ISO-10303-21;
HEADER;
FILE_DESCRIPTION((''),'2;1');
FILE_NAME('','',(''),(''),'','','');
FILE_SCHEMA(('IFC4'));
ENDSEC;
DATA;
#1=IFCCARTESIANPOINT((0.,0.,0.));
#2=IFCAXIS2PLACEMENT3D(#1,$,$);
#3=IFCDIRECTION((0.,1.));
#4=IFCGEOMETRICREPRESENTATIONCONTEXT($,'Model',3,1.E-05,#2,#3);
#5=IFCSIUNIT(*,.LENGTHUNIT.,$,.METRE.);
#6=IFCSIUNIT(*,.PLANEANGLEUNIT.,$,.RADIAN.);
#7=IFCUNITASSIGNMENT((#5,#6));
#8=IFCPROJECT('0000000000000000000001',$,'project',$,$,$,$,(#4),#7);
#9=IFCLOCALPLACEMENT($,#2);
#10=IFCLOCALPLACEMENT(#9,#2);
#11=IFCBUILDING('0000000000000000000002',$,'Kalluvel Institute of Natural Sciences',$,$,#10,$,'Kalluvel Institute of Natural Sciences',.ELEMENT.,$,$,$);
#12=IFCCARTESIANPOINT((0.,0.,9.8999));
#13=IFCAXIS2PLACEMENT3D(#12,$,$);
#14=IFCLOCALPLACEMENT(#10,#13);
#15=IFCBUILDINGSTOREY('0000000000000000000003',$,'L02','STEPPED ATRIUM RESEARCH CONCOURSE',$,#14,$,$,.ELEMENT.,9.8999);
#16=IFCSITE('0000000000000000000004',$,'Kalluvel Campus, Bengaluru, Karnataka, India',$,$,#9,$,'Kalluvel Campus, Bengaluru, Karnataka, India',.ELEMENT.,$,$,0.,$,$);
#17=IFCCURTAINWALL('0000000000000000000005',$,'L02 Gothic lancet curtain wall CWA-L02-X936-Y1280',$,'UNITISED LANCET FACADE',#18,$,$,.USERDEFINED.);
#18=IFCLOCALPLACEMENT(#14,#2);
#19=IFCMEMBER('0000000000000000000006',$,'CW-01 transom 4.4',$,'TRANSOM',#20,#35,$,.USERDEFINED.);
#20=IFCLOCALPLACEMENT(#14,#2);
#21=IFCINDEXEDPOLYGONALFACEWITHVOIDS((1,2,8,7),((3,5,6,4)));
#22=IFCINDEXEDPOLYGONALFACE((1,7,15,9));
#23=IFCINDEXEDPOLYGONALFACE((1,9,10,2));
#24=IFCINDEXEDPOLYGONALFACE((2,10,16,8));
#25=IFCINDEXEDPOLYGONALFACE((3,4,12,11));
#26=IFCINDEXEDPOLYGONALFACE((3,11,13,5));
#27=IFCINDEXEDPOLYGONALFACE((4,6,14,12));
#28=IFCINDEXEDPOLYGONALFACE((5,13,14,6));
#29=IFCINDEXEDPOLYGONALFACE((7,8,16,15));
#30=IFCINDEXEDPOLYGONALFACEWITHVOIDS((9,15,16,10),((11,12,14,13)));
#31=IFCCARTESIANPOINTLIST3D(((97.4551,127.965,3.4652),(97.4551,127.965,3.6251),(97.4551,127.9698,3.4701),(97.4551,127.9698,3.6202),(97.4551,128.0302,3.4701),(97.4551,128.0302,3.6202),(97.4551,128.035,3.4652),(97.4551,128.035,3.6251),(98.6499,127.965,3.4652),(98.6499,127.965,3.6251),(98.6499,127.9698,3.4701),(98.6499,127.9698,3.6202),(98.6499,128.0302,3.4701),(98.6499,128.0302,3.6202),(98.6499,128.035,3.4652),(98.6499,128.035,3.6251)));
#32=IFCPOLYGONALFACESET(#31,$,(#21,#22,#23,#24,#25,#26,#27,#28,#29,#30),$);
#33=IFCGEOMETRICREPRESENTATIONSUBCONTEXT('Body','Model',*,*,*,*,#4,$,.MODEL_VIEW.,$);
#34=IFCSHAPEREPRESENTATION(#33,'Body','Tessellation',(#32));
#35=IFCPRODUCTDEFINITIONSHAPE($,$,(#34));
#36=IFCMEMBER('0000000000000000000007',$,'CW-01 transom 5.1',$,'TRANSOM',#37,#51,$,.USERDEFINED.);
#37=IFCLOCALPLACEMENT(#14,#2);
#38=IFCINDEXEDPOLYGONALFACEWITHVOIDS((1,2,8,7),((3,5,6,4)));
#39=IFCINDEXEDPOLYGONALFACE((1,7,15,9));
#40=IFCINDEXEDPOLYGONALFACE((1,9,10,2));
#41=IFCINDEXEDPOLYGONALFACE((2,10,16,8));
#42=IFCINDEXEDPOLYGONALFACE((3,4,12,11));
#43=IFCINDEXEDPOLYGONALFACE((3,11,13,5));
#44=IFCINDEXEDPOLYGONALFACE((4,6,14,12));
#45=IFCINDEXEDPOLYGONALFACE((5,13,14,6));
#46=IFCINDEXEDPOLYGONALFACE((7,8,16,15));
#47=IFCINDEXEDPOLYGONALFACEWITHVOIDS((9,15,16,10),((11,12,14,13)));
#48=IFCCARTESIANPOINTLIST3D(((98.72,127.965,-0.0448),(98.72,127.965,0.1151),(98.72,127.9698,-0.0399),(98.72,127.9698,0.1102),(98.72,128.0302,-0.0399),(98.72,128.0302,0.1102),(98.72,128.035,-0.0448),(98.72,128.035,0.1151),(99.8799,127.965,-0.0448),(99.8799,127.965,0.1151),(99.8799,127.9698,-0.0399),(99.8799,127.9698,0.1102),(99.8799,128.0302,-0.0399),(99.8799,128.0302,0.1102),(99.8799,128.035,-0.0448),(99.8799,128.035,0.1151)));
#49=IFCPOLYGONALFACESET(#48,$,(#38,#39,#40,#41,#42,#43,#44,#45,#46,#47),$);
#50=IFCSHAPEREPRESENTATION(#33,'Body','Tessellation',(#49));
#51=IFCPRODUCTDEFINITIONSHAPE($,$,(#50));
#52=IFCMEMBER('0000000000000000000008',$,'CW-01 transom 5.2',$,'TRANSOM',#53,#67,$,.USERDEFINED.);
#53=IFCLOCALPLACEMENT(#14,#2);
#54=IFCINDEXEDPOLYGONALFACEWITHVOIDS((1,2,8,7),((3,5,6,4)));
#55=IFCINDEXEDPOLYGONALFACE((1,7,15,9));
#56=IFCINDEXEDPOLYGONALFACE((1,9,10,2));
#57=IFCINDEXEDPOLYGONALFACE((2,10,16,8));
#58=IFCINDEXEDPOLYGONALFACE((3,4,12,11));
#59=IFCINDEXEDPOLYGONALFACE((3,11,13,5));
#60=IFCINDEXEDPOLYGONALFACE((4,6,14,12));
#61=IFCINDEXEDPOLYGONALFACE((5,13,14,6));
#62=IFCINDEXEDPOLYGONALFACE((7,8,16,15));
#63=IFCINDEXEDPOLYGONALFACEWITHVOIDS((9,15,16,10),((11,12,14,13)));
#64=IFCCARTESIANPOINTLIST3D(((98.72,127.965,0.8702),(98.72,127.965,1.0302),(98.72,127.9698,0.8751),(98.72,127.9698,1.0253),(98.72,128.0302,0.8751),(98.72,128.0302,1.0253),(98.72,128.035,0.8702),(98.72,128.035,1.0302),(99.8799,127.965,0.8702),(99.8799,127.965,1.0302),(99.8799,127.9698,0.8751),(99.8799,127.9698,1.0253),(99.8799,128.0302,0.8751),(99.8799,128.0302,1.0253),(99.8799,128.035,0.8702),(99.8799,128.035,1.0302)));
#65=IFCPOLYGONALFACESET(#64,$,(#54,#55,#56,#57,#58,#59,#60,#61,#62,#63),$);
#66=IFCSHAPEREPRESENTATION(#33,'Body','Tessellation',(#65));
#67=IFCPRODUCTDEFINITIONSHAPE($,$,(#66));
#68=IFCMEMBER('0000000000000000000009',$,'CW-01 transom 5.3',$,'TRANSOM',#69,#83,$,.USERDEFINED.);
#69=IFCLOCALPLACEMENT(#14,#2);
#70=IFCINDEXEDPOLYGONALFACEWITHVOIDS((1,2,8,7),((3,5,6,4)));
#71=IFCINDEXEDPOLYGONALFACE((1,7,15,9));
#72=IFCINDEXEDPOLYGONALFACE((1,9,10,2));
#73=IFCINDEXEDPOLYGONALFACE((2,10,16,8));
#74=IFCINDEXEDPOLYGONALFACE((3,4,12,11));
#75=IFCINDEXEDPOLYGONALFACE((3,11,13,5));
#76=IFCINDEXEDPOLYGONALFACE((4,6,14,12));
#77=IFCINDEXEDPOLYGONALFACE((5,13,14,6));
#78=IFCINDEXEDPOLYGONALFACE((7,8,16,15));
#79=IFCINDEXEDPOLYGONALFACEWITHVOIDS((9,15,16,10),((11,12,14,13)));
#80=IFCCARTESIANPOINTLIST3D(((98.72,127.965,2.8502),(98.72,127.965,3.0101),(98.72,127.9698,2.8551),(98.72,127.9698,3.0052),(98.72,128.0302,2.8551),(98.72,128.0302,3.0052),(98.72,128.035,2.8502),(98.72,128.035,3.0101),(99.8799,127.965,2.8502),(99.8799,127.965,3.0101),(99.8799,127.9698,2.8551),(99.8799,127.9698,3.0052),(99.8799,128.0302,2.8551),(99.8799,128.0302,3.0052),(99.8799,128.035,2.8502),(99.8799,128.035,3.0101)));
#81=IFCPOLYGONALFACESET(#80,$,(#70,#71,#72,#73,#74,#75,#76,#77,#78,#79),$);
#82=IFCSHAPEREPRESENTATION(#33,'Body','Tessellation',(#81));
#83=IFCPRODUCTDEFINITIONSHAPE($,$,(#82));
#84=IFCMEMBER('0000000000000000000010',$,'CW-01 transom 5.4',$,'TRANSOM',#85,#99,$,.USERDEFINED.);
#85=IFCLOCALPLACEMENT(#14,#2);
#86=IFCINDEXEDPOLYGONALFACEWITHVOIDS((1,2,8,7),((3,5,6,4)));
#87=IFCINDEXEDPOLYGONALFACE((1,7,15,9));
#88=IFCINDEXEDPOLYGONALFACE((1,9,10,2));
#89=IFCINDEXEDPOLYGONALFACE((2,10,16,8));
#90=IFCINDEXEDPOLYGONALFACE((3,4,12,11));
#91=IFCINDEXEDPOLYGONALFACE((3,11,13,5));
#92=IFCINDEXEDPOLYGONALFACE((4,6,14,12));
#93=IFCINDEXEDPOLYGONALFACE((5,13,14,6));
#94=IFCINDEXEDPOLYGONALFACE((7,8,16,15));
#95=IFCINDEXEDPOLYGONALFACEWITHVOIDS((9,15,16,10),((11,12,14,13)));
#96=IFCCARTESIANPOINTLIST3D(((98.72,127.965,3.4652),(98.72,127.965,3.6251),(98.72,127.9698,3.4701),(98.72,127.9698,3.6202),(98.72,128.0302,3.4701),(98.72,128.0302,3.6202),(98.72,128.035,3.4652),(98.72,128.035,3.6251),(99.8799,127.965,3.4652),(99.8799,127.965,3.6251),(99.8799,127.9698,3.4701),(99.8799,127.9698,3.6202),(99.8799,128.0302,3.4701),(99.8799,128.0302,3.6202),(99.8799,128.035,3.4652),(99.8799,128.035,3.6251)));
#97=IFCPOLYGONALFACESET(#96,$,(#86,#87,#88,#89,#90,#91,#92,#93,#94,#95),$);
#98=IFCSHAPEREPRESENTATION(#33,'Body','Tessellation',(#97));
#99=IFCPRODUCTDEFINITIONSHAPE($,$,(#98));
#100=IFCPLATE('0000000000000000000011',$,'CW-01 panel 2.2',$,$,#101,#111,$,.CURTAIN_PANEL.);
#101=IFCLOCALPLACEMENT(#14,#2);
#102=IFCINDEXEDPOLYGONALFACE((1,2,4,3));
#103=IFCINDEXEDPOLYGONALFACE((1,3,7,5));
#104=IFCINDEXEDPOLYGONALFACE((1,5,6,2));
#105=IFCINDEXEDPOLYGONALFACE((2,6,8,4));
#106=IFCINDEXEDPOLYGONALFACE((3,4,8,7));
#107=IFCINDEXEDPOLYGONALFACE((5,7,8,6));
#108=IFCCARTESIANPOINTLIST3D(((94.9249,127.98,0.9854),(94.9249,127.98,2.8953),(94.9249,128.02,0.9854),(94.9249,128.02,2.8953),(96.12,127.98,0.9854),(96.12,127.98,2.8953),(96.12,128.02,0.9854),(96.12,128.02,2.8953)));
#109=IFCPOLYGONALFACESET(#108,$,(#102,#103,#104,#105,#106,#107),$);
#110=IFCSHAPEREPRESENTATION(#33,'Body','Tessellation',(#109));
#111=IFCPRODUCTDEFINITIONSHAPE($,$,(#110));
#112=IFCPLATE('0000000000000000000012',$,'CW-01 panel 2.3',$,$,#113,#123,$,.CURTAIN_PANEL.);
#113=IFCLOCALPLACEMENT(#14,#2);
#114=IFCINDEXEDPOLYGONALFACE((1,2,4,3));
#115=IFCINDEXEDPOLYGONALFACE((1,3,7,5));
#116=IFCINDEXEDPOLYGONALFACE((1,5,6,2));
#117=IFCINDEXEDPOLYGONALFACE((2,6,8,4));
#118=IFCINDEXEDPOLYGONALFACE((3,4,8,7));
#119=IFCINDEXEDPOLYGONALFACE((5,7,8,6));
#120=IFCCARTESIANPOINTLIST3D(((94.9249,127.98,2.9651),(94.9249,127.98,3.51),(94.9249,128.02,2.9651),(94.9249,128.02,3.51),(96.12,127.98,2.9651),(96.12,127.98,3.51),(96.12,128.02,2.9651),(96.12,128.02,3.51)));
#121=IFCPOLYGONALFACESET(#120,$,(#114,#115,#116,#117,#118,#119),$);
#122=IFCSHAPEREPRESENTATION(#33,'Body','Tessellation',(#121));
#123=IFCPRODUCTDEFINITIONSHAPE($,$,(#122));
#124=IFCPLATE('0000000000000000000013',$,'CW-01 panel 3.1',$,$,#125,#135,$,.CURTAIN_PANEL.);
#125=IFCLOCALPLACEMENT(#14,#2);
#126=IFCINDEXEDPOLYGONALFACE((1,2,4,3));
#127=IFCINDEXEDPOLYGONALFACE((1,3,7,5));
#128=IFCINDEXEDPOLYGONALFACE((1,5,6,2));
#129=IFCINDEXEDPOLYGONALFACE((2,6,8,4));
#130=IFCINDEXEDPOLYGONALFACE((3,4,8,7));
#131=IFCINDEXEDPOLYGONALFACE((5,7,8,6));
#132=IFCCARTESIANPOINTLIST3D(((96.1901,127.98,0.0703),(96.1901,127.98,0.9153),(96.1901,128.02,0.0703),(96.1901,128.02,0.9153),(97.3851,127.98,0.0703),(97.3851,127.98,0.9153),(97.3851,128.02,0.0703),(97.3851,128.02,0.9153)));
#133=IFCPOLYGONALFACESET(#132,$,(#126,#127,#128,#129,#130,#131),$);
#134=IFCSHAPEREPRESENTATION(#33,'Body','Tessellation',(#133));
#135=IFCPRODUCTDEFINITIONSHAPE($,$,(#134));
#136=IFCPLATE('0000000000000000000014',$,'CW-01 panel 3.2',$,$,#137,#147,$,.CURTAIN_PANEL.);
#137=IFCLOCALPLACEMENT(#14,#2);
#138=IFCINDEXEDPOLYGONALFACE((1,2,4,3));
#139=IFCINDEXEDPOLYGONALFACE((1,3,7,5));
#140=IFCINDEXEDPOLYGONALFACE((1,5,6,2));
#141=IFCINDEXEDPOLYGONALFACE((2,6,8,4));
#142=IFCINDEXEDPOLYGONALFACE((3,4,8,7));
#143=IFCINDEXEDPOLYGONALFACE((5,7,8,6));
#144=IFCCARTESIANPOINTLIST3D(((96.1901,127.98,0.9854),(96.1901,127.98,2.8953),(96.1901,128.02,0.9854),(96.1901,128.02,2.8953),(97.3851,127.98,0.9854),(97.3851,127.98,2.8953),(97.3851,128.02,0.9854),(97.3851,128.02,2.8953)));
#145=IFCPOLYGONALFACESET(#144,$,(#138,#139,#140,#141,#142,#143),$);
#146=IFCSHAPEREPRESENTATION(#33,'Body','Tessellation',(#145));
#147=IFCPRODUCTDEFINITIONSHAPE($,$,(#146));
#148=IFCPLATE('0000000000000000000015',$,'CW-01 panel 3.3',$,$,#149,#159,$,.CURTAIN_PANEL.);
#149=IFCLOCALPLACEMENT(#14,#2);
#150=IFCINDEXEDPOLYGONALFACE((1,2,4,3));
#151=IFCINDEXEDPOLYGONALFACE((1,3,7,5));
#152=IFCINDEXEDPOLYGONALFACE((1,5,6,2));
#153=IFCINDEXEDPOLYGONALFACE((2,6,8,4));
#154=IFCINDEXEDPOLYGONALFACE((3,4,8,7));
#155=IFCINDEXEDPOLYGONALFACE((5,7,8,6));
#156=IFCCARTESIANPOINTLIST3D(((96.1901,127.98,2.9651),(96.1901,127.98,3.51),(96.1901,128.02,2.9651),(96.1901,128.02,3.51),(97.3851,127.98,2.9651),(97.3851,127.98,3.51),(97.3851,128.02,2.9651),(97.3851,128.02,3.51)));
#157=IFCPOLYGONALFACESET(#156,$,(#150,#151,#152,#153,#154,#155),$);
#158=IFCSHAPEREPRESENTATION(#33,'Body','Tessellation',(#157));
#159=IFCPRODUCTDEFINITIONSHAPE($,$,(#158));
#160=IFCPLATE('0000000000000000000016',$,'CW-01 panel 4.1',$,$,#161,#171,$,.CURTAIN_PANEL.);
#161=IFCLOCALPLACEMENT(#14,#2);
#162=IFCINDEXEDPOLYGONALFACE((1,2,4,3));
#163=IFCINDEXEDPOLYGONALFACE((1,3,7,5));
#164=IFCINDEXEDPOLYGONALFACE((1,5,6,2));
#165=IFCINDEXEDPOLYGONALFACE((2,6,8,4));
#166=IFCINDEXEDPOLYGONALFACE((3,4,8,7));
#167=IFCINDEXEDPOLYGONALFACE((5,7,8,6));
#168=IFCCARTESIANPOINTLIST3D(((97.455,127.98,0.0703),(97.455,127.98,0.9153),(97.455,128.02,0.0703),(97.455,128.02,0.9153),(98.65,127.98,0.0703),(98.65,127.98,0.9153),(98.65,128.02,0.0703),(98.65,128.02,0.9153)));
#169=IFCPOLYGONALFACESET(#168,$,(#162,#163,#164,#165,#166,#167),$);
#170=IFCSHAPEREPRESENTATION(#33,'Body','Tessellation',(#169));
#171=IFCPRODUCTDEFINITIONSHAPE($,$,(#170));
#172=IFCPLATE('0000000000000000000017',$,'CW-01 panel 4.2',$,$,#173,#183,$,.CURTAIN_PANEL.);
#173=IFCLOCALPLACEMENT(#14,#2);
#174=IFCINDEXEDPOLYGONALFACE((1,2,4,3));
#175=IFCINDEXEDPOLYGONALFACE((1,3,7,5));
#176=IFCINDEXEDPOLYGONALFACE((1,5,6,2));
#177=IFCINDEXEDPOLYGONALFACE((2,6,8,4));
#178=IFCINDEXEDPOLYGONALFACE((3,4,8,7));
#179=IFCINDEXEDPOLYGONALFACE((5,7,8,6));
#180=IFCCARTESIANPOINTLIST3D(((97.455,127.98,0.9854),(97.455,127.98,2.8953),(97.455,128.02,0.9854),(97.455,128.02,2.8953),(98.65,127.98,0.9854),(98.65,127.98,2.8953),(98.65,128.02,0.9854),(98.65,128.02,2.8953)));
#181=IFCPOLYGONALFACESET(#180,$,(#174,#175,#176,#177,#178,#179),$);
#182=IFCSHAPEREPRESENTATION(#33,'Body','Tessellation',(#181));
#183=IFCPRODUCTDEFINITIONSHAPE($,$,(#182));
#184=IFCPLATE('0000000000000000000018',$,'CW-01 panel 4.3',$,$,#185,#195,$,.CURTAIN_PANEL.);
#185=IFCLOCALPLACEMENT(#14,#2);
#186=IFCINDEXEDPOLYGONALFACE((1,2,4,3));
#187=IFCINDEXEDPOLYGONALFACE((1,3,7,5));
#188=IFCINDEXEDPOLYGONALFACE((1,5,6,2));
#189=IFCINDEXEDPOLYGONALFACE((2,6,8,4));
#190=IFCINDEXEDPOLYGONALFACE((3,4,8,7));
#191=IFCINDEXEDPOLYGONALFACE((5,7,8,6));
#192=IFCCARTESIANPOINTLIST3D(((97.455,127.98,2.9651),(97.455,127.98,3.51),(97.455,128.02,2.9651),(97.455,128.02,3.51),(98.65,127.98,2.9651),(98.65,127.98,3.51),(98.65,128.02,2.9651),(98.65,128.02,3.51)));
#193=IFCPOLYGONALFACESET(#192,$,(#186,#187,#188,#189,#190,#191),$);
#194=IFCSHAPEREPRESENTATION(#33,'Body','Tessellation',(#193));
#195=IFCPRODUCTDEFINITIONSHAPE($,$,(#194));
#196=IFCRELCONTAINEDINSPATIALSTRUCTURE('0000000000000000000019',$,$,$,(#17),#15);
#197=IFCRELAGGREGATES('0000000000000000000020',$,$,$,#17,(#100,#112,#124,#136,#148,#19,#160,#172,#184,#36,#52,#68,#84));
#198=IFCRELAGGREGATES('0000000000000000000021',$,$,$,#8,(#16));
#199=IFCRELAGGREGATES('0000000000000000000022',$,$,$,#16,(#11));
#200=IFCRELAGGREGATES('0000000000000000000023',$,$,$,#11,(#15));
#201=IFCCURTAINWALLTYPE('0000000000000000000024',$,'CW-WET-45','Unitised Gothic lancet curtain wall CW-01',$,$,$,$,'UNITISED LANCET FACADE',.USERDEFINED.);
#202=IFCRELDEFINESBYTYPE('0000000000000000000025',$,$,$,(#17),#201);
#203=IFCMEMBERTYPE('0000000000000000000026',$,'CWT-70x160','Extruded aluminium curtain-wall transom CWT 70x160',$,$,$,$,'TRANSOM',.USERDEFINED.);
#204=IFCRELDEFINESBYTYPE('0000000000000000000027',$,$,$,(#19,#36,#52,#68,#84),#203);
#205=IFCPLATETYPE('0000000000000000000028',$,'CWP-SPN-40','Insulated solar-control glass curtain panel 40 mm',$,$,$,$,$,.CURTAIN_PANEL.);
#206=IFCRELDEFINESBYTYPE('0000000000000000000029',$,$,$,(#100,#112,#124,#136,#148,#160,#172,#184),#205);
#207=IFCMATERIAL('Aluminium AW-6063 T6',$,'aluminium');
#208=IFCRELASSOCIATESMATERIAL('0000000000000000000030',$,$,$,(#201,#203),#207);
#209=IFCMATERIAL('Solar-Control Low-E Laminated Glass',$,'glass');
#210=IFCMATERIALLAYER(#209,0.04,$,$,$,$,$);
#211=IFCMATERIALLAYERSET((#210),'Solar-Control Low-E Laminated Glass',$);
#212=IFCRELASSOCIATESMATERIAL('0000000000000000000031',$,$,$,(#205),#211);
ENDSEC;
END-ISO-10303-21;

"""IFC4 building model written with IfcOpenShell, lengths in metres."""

from ifc_helpers import new_model, si_unit, direction, frame, origin, origin_2d, place, context, subcontext, project, spatial, rectangle, hollow_rectangle, extrude, material, layer, layer_set, material_profile, profile_set, type_object, element, aggregate, save


model = new_model("IFC4")

# Units and contexts
model_context = context("Model", 3, precision=1e-05, world=origin(), true_north=direction((0.0, 1.0)))
body_context = subcontext(model_context, "Body", "Model", "MODEL_VIEW")
ifc_project = project(units=[si_unit("LENGTHUNIT", "METRE"), si_unit("PLANEANGLEUNIT", "RADIAN")], contexts=[model_context])

# Site, building, storey
site_placement = place(None, origin())
site = spatial("IfcSite", under=ifc_project, at=site_placement, Name="Kalluvel Campus, Bengaluru, Karnataka, India", LongName="Kalluvel Campus, Bengaluru, Karnataka, India", CompositionType="ELEMENT", RefElevation=0.0)
building_placement = place(site_placement, origin())
building = spatial("IfcBuilding", under=site, at=building_placement, Name="Kalluvel Institute of Natural Sciences", LongName="Kalluvel Institute of Natural Sciences", CompositionType="ELEMENT")
storey_placement = place(building_placement, frame((0.0, 0.0, 9.8999)))
storey = spatial("IfcBuildingStorey", under=building, at=storey_placement, Name="L02", Description="STEPPED ATRIUM RESEARCH CONCOURSE", CompositionType="ELEMENT", Elevation=9.8999)

# Curtain wall, members, plates
ifc_material_1 = material(Name="Aluminium AW-6063 T6", Category="aluminium")
curtain_wall_type = type_object("IfcCurtainWallType", Name="CW-WET-45", Description="Unitised Gothic lancet curtain wall CW-01", ElementType="UNITISED LANCET FACADE", PredefinedType="USERDEFINED", material=ifc_material_1)
curtain_wall_placement = place(storey_placement, origin())
curtain_wall = element("IfcCurtainWall", 1, at=curtain_wall_placement, inside=storey, type_object=curtain_wall_type, Name="L02 Gothic lancet curtain wall CWA-L02-X936-Y1280", ObjectType="UNITISED LANCET FACADE", PredefinedType="USERDEFINED")
ifc_material_profile_1 = material_profile(ifc_material_1, hollow_rectangle(XDim=0.0701, YDim=0.1599, WallThickness=0.0049, at=origin_2d()), Name="CWT 70x160")
ifc_profile_set_1 = profile_set([ifc_material_profile_1], Name="Aluminium AW-6063 T6")
member_type_1 = type_object("IfcMemberType", Name="CWT-70x160", Description="Extruded aluminium curtain-wall transom CWT 70x160", ElementType="TRANSOM", PredefinedType="USERDEFINED", material=ifc_profile_set_1)
member_1_placement = place(storey_placement, frame((97.4551, 128.0, 3.5452), z_axis=(1.0, 0.0, 0.0), x_axis=(0.0, 1.0, 0.0)))
member_1 = element("IfcMember", 2, at=member_1_placement, type_object=member_type_1, Name="CW-01 transom 4.4", ObjectType="TRANSOM", PredefinedType="USERDEFINED", context=body_context, shape_type="SweptSolid", body=[
    extrude(hollow_rectangle(XDim=0.0701, YDim=0.1599, WallThickness=0.0049, at=origin_2d()), origin(), (0.0, 0.0, 1.0), 1.1948),
])
member_2_placement = place(storey_placement, frame((98.72, 128.0, 0.0352), z_axis=(1.0, 0.0, 0.0), x_axis=(0.0, 1.0, 0.0)))
member_2 = element("IfcMember", 3, at=member_2_placement, type_object=member_type_1, Name="CW-01 transom 5.1", ObjectType="TRANSOM", PredefinedType="USERDEFINED", context=body_context, shape_type="SweptSolid", body=[
    extrude(hollow_rectangle(XDim=0.0701, YDim=0.1599, WallThickness=0.0049, at=origin_2d()), origin(), (0.0, 0.0, 1.0), 1.1599),
])
member_3_placement = place(storey_placement, frame((98.72, 128.0, 0.9502), z_axis=(1.0, 0.0, 0.0), x_axis=(0.0, 1.0, 0.0)))
member_3 = element("IfcMember", 4, at=member_3_placement, type_object=member_type_1, Name="CW-01 transom 5.2", ObjectType="TRANSOM", PredefinedType="USERDEFINED", context=body_context, shape_type="SweptSolid", body=[
    extrude(hollow_rectangle(XDim=0.0701, YDim=0.1599, WallThickness=0.0049, at=origin_2d()), origin(), (0.0, 0.0, 1.0), 1.1599),
])
member_4_placement = place(storey_placement, frame((98.72, 128.0, 2.9302), z_axis=(1.0, 0.0, 0.0), x_axis=(0.0, 1.0, 0.0)))
member_4 = element("IfcMember", 5, at=member_4_placement, type_object=member_type_1, Name="CW-01 transom 5.3", ObjectType="TRANSOM", PredefinedType="USERDEFINED", context=body_context, shape_type="SweptSolid", body=[
    extrude(hollow_rectangle(XDim=0.0701, YDim=0.1599, WallThickness=0.0049, at=origin_2d()), origin(), (0.0, 0.0, 1.0), 1.1599),
])
member_5_placement = place(storey_placement, frame((98.72, 128.0, 3.5452), z_axis=(1.0, 0.0, 0.0), x_axis=(0.0, 1.0, 0.0)))
member_5 = element("IfcMember", 6, at=member_5_placement, type_object=member_type_1, Name="CW-01 transom 5.4", ObjectType="TRANSOM", PredefinedType="USERDEFINED", context=body_context, shape_type="SweptSolid", body=[
    extrude(hollow_rectangle(XDim=0.0701, YDim=0.1599, WallThickness=0.0049, at=origin_2d()), origin(), (0.0, 0.0, 1.0), 1.1599),
])
ifc_material_2 = material(Name="Solar-Control Low-E Laminated Glass", Category="glass")
ifc_layer = layer(ifc_material_2, 0.04)
ifc_layer_set = layer_set([ifc_layer], Name="Solar-Control Low-E Laminated Glass")
plate_type = type_object("IfcPlateType", Name="CWP-SPN-40", Description="Insulated solar-control glass curtain panel 40 mm", PredefinedType="CURTAIN_PANEL", material=ifc_layer_set)
plate_1_placement = place(storey_placement, frame((95.5225, 128.0, 0.9854), z_axis=(0.0, 0.0, 1.0), x_axis=(1.0, 0.0, 0.0)))
plate_1 = element("IfcPlate", 7, at=plate_1_placement, type_object=plate_type, Name="CW-01 panel 2.2", PredefinedType="CURTAIN_PANEL", context=body_context, shape_type="SweptSolid", body=[
    extrude(rectangle(XDim=1.1951, YDim=0.04, at=origin_2d()), origin(), (0.0, 0.0, 1.0), 1.9099),
])
plate_2_placement = place(storey_placement, frame((95.5225, 128.0, 2.9651), z_axis=(0.0, 0.0, 1.0), x_axis=(1.0, 0.0, 0.0)))
plate_2 = element("IfcPlate", 8, at=plate_2_placement, type_object=plate_type, Name="CW-01 panel 2.3", PredefinedType="CURTAIN_PANEL", context=body_context, shape_type="SweptSolid", body=[
    extrude(rectangle(XDim=1.1951, YDim=0.04, at=origin_2d()), origin(), (0.0, 0.0, 1.0), 0.5449),
])
plate_3_placement = place(storey_placement, frame((96.7876, 128.0, 0.0703), z_axis=(0.0, 0.0, 1.0), x_axis=(1.0, 0.0, 0.0)))
plate_3 = element("IfcPlate", 9, at=plate_3_placement, type_object=plate_type, Name="CW-01 panel 3.1", PredefinedType="CURTAIN_PANEL", context=body_context, shape_type="SweptSolid", body=[
    extrude(rectangle(XDim=1.1951, YDim=0.04, at=origin_2d()), origin(), (0.0, 0.0, 1.0), 0.845),
])
plate_4_placement = place(storey_placement, frame((96.7876, 128.0, 0.9854), z_axis=(0.0, 0.0, 1.0), x_axis=(1.0, 0.0, 0.0)))
plate_4 = element("IfcPlate", 10, at=plate_4_placement, type_object=plate_type, Name="CW-01 panel 3.2", PredefinedType="CURTAIN_PANEL", context=body_context, shape_type="SweptSolid", body=[
    extrude(rectangle(XDim=1.1951, YDim=0.04, at=origin_2d()), origin(), (0.0, 0.0, 1.0), 1.9099),
])
plate_5_placement = place(storey_placement, frame((96.7876, 128.0, 2.9651), z_axis=(0.0, 0.0, 1.0), x_axis=(1.0, 0.0, 0.0)))
plate_5 = element("IfcPlate", 11, at=plate_5_placement, type_object=plate_type, Name="CW-01 panel 3.3", PredefinedType="CURTAIN_PANEL", context=body_context, shape_type="SweptSolid", body=[
    extrude(rectangle(XDim=1.1951, YDim=0.04, at=origin_2d()), origin(), (0.0, 0.0, 1.0), 0.5449),
])
plate_6_placement = place(storey_placement, frame((98.0525, 128.0, 0.0703), z_axis=(0.0, 0.0, 1.0), x_axis=(1.0, 0.0, 0.0)))
plate_6 = element("IfcPlate", 12, at=plate_6_placement, type_object=plate_type, Name="CW-01 panel 4.1", PredefinedType="CURTAIN_PANEL", context=body_context, shape_type="SweptSolid", body=[
    extrude(rectangle(XDim=1.1951, YDim=0.04, at=origin_2d()), origin(), (0.0, 0.0, 1.0), 0.845),
])
plate_7_placement = place(storey_placement, frame((98.0525, 128.0, 0.9854), z_axis=(0.0, 0.0, 1.0), x_axis=(1.0, 0.0, 0.0)))
plate_7 = element("IfcPlate", 13, at=plate_7_placement, type_object=plate_type, Name="CW-01 panel 4.2", PredefinedType="CURTAIN_PANEL", context=body_context, shape_type="SweptSolid", body=[
    extrude(rectangle(XDim=1.1951, YDim=0.04, at=origin_2d()), origin(), (0.0, 0.0, 1.0), 1.9099),
])
plate_8_placement = place(storey_placement, frame((98.0525, 128.0, 2.9651), z_axis=(0.0, 0.0, 1.0), x_axis=(1.0, 0.0, 0.0)))
plate_8 = element("IfcPlate", 14, at=plate_8_placement, type_object=plate_type, Name="CW-01 panel 4.3", PredefinedType="CURTAIN_PANEL", context=body_context, shape_type="SweptSolid", body=[
    extrude(rectangle(XDim=1.1951, YDim=0.04, at=origin_2d()), origin(), (0.0, 0.0, 1.0), 0.5449),
])
aggregate(curtain_wall, [plate_1, plate_2, plate_3, plate_4, plate_5, member_1, plate_6, plate_7, plate_8, member_2, member_3, member_4, member_5])

save(model, "model.ifc")
